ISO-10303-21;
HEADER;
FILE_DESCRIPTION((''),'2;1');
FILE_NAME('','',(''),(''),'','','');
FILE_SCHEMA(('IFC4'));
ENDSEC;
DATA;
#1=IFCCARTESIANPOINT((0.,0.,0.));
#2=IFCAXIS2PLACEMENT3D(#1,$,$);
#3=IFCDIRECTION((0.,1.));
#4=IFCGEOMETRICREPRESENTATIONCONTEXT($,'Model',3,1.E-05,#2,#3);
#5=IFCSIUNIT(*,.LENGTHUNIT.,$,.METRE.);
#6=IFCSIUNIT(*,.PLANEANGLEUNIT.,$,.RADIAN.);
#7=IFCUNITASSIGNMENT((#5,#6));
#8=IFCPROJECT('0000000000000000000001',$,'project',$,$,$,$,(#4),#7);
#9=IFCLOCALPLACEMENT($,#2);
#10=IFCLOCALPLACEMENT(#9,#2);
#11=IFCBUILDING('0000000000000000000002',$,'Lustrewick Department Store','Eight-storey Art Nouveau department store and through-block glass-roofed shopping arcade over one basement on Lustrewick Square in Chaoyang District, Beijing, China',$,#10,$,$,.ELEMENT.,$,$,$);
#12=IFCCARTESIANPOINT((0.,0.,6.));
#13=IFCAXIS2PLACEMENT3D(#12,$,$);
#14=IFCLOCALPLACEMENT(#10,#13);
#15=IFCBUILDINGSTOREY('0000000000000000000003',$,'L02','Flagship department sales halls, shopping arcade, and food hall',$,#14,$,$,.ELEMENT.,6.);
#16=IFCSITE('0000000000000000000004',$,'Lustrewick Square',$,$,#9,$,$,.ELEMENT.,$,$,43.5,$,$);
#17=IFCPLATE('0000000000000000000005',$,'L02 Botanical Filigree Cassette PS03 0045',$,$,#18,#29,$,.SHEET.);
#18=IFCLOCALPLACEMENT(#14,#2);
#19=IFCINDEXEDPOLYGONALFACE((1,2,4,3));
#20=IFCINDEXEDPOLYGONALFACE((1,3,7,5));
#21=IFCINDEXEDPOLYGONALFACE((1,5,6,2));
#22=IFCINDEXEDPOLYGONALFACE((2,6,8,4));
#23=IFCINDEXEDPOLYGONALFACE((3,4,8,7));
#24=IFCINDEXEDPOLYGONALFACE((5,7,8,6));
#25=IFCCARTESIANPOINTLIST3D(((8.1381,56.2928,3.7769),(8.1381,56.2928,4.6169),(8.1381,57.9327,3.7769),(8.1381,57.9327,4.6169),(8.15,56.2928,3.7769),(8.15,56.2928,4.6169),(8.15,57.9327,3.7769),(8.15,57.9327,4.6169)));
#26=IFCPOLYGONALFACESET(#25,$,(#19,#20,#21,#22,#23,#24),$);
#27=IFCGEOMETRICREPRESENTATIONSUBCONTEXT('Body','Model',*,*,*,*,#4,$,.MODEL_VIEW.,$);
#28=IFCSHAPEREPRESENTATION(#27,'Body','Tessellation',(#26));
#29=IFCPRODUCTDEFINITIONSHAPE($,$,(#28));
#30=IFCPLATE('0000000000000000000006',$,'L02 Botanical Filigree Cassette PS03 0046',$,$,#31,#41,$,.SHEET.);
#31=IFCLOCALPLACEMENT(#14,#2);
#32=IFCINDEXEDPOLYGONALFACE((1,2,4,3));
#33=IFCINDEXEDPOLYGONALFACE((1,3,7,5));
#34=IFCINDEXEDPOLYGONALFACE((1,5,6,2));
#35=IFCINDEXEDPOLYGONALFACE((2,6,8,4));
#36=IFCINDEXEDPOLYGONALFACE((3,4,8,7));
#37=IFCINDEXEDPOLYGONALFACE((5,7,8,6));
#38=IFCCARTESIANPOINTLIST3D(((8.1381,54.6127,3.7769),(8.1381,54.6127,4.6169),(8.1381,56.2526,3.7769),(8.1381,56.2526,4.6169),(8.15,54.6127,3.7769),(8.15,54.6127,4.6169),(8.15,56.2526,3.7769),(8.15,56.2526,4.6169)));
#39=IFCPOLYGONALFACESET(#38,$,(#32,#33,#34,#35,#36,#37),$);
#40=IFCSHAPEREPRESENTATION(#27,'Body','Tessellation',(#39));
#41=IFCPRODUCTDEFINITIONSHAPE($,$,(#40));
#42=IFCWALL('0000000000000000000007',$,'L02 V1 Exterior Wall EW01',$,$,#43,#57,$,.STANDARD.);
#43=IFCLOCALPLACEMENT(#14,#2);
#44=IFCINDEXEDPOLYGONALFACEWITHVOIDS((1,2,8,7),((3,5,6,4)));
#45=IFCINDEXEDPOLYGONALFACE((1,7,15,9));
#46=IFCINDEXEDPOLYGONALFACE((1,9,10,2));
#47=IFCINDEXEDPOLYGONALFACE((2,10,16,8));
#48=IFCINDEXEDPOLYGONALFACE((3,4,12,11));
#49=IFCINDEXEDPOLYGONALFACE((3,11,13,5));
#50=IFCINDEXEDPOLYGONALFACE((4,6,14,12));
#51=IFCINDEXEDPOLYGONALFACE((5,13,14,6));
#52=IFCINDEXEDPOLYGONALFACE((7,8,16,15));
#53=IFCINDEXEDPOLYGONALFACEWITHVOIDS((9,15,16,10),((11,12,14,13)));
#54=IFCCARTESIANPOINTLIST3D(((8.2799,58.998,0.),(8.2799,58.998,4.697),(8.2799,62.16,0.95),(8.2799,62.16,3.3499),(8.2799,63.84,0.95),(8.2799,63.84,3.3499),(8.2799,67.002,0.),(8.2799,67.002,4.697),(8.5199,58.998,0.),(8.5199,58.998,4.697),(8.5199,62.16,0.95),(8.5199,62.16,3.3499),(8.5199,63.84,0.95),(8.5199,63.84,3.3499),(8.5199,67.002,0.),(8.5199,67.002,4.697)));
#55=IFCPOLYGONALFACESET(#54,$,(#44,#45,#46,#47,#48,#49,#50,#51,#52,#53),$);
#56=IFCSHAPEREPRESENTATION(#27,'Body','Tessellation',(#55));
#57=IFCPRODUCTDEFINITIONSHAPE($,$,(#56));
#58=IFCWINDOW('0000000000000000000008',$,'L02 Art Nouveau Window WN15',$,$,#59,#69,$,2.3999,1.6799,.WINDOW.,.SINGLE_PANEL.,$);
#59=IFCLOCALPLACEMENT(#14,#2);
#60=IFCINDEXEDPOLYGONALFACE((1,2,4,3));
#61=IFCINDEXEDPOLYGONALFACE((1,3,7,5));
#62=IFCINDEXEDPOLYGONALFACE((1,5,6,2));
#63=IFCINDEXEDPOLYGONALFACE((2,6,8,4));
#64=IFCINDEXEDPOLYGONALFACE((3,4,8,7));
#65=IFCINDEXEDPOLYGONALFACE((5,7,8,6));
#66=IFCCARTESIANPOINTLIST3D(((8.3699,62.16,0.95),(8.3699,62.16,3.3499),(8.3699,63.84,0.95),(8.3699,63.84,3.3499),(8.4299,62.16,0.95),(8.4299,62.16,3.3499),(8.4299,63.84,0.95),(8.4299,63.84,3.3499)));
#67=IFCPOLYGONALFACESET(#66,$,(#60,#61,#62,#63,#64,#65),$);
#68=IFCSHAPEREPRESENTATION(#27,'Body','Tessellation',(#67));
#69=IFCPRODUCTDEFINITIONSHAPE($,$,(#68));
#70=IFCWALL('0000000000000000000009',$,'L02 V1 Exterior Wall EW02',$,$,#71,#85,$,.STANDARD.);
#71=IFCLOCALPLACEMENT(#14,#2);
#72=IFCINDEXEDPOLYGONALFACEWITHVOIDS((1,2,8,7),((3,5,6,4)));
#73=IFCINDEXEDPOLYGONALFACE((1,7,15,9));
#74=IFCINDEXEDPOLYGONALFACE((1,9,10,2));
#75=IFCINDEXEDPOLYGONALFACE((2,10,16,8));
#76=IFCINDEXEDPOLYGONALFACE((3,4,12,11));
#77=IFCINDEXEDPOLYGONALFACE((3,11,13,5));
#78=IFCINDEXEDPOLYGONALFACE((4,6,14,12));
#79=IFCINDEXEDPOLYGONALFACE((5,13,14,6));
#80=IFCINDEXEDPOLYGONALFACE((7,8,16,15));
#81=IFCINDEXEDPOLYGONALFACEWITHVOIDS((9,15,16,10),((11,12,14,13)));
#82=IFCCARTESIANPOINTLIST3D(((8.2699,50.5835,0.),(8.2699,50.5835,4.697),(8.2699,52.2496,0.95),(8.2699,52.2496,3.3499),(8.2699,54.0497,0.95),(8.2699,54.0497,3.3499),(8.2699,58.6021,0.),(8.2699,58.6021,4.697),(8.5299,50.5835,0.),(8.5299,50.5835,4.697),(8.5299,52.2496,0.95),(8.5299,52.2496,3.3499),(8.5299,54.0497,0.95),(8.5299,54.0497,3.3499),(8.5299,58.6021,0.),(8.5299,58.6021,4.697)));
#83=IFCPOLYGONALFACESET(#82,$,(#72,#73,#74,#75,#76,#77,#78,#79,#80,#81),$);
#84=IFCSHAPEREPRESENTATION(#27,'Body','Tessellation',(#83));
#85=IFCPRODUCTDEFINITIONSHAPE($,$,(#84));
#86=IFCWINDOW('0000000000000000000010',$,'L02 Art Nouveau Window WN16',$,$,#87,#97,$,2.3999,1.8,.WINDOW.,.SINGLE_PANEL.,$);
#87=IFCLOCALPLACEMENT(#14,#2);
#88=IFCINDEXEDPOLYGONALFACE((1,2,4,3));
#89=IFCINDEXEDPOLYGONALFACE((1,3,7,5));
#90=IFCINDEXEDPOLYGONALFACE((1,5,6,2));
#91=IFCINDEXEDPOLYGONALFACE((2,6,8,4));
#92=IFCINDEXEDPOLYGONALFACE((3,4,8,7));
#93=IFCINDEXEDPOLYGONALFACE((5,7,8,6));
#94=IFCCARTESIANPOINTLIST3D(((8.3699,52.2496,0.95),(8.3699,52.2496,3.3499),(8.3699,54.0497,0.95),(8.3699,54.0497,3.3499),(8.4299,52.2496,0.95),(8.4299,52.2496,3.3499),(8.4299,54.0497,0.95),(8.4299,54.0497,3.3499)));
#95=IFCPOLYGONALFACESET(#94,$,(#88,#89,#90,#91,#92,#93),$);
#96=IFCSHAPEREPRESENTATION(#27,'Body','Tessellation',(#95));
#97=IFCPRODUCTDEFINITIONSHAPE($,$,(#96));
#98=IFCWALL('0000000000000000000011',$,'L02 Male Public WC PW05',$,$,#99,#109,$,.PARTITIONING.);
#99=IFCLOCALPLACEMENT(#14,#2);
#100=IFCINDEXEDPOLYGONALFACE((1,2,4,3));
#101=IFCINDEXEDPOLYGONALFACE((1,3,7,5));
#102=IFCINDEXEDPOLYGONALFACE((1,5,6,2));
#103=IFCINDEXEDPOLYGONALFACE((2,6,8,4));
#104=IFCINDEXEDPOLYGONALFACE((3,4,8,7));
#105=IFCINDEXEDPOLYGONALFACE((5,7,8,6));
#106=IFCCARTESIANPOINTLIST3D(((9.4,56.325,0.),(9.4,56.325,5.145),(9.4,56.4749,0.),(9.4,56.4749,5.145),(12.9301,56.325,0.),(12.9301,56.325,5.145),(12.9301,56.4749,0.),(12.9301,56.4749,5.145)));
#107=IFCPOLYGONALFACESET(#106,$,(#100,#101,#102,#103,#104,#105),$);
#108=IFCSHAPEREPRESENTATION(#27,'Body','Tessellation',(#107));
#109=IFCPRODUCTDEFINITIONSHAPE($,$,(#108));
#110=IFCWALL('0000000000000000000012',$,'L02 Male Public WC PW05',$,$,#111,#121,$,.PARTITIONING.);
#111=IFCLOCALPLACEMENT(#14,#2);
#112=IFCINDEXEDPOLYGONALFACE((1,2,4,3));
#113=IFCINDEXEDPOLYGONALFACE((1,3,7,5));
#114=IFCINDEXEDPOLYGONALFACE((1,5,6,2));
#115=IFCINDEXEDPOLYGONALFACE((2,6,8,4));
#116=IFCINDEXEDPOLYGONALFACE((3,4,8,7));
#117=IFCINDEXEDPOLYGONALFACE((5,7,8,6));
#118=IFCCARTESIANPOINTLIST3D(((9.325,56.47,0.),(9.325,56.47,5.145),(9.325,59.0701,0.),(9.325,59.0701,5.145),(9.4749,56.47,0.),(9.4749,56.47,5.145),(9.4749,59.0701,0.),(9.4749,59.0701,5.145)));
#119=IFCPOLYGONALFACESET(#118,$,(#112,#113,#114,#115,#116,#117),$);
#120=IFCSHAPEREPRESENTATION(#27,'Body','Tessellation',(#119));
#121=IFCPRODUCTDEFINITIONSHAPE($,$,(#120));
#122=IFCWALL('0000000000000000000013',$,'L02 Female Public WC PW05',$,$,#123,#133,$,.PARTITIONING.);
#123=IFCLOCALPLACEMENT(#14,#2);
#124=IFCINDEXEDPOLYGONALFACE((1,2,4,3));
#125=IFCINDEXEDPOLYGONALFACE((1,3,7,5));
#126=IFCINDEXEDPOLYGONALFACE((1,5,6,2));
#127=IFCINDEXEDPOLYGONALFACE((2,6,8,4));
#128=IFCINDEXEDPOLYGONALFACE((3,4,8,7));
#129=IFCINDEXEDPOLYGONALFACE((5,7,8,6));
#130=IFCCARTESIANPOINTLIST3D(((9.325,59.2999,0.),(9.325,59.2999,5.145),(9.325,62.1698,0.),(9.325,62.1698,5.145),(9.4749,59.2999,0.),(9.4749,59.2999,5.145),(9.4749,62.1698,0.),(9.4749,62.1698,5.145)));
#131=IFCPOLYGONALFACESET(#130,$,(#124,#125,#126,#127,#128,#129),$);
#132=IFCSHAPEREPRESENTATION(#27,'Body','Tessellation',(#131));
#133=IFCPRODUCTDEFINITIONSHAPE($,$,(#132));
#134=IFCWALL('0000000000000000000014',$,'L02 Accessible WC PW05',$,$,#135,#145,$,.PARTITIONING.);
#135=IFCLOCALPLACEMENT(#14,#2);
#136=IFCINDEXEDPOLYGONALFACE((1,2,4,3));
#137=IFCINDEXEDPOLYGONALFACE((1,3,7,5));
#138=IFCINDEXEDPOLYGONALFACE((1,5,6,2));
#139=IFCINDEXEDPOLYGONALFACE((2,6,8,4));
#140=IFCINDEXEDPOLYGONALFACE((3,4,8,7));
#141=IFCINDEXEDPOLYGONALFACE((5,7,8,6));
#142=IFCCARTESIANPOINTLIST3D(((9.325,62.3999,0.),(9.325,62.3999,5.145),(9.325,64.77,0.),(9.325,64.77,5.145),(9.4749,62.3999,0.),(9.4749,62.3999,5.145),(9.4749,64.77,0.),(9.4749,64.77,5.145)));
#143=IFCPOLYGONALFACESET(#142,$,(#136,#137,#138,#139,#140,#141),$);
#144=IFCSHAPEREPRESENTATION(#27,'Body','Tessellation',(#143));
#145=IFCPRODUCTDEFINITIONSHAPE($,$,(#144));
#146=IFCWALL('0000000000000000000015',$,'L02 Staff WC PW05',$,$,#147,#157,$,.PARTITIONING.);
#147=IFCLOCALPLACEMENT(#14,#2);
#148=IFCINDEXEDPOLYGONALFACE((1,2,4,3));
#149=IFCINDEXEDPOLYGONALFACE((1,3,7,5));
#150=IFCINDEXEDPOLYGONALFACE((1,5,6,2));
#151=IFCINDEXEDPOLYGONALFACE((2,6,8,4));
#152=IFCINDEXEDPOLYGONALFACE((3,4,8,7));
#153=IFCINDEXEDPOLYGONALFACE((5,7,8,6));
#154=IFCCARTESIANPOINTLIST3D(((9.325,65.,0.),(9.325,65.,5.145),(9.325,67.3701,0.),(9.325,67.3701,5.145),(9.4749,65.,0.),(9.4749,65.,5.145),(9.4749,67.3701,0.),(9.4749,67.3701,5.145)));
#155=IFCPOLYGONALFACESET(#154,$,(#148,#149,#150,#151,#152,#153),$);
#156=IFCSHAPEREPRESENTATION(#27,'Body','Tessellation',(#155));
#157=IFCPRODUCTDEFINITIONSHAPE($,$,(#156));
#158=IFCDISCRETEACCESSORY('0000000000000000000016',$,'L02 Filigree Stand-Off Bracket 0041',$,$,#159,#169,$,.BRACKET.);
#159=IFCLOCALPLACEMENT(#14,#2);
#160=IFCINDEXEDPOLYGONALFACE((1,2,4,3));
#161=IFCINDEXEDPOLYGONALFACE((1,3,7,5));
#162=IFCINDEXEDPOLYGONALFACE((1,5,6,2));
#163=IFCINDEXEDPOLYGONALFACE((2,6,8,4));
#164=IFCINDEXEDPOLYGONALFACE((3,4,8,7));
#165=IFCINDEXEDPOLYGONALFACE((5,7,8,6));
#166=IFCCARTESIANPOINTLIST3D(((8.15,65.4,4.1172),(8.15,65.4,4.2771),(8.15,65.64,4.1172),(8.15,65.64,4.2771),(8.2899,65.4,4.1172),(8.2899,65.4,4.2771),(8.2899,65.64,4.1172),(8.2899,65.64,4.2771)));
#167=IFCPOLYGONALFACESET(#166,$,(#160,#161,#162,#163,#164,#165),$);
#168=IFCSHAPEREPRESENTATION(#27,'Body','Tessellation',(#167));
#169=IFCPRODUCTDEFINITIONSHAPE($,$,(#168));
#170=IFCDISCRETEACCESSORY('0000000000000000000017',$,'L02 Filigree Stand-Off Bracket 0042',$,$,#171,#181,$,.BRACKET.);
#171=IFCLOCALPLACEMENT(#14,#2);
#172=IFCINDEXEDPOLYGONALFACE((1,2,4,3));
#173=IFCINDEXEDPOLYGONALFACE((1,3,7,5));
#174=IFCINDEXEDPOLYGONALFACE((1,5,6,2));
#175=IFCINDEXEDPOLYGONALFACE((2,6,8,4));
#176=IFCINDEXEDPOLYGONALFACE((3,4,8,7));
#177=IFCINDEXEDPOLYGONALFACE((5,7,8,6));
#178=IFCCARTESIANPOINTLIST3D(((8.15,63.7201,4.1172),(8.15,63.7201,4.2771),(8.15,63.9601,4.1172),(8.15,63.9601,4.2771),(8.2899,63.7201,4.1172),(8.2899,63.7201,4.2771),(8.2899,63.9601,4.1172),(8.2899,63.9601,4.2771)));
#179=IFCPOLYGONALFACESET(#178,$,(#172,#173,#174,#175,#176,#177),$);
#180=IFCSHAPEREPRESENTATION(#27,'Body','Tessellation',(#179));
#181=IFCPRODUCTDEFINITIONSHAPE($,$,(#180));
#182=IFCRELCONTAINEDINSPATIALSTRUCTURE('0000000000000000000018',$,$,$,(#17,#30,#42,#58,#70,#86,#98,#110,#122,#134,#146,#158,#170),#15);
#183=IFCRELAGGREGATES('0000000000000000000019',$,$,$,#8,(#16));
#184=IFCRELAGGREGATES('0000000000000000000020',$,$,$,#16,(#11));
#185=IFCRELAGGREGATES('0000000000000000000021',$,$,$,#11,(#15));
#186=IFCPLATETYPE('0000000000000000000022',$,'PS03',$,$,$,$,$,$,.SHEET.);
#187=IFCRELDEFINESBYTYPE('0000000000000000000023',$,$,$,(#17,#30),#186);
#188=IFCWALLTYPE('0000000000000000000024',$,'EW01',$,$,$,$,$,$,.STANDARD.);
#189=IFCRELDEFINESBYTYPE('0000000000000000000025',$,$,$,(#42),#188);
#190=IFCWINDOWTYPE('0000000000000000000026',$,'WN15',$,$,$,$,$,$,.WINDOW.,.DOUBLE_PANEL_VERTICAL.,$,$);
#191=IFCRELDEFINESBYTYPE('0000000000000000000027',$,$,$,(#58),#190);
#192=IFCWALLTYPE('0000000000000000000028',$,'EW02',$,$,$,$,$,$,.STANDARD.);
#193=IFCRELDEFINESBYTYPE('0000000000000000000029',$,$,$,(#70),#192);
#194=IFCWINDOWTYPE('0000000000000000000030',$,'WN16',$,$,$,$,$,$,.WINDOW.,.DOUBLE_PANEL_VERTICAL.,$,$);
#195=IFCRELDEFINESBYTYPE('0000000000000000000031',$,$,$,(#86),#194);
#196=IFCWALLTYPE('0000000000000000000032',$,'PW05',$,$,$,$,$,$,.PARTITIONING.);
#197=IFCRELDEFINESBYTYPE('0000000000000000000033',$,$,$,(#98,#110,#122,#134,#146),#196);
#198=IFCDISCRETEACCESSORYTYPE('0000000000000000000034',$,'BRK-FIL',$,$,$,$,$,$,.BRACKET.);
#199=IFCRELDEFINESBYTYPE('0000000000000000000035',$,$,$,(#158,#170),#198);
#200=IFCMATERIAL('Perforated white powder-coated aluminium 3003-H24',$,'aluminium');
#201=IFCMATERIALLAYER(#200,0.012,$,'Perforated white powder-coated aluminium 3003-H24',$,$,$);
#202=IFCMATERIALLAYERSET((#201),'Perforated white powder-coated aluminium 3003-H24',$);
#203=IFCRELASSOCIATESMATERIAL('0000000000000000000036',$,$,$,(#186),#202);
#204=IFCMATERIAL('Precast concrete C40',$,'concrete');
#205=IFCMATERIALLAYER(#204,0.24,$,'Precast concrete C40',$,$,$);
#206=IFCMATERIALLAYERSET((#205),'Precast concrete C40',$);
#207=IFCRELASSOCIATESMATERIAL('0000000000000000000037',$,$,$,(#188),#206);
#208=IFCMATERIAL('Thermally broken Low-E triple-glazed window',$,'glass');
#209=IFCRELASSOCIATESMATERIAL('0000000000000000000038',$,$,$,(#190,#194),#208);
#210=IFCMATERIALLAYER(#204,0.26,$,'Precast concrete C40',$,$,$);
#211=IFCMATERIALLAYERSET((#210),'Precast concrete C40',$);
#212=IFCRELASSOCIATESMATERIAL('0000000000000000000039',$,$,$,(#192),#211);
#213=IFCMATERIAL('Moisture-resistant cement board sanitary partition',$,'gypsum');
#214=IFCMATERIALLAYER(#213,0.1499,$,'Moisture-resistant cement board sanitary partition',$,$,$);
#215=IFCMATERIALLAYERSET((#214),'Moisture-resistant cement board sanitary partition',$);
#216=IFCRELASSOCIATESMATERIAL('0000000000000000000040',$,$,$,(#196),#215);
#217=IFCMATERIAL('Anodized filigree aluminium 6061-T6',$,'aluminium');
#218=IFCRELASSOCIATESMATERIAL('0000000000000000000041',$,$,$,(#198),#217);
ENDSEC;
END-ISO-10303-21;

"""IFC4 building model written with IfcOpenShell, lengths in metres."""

from ifc_helpers import new_model, si_unit, direction, frame, frame_2d, origin, origin_2d, place, context, subcontext, project, spatial, rectangle, extrude, material, layer, layer_set, type_object, element, fill, save


model = new_model("IFC4")

# Units and contexts
model_context = context("Model", 3, precision=1e-05, world=origin(), true_north=direction((0.0, 1.0)))
body_context = subcontext(model_context, "Body", "Model", "MODEL_VIEW")
ifc_project = project(units=[si_unit("LENGTHUNIT", "METRE"), si_unit("PLANEANGLEUNIT", "RADIAN")], contexts=[model_context])

# Site, building, storey
site_placement = place(None, origin())
site = spatial("IfcSite", under=ifc_project, at=site_placement, Name="Lustrewick Square", CompositionType="ELEMENT", RefElevation=43.5)
building_placement = place(site_placement, origin())
building = spatial("IfcBuilding", under=site, at=building_placement, Name="Lustrewick Department Store", Description="Eight-storey Art Nouveau department store and through-block glass-roofed shopping arcade over one basement on Lustrewick Square in Chaoyang District, Beijing, China", CompositionType="ELEMENT")
storey_placement = place(building_placement, frame((0.0, 0.0, 6.0)))
storey = spatial("IfcBuildingStorey", under=building, at=storey_placement, Name="L02", Description="Flagship department sales halls, shopping arcade, and food hall", CompositionType="ELEMENT", Elevation=6.0)

# Plates
ifc_material_1 = material(Name="Perforated white powder-coated aluminium 3003-H24", Category="aluminium")
ifc_layer_1 = layer(ifc_material_1, 0.012, Name="Perforated white powder-coated aluminium 3003-H24")
ifc_layer_set_1 = layer_set([ifc_layer_1], Name="Perforated white powder-coated aluminium 3003-H24")
plate_type = type_object("IfcPlateType", Name="PS03", PredefinedType="SHEET", material=ifc_layer_set_1)
for number, where, z_axis, x_axis, name in (
    (1, (8.144, 57.1128, 3.7769), (0.0, 0.0, 1.0), (0.0, -1.0, 0.0), "L02 Botanical Filigree Cassette PS03 0045"),
    (2, (8.144, 55.4326, 3.7769), (0.0, 0.0, 1.0), (0.0, -1.0, 0.0), "L02 Botanical Filigree Cassette PS03 0046"),
):
    element("IfcPlate", number, at=place(storey_placement, frame(where, z_axis=z_axis, x_axis=x_axis)), inside=storey, type_object=plate_type, Name=name, PredefinedType="SHEET", context=body_context, shape_type="SweptSolid", body=[
        extrude(rectangle(XDim=1.6399, YDim=0.012, at=origin_2d()), origin(), (0.0, 0.0, 1.0), 0.8401),
    ])

# Walls, openings, windows
ifc_material_2 = material(Name="Precast concrete C40", Category="concrete")
ifc_layer_2 = layer(ifc_material_2, 0.24, Name="Precast concrete C40")
ifc_layer_set_2 = layer_set([ifc_layer_2], Name="Precast concrete C40")
wall_type_1 = type_object("IfcWallType", Name="EW01", PredefinedType="STANDARD", material=ifc_layer_set_2)
wall_1_placement = place(storey_placement, frame((8.3999, 67.002, 0.0), z_axis=(0.0, 0.0, 1.0), x_axis=(0.0, -1.0, 0.0)))
wall_1 = element("IfcWall", 3, at=wall_1_placement, inside=storey, type_object=wall_type_1, Name="L02 V1 Exterior Wall EW01", PredefinedType="STANDARD", context=body_context, shape_type="SweptSolid", body=[
    extrude(rectangle(XDim=8.0039, YDim=0.24, at=frame_2d((4.002, 0.0))), origin(), (0.0, 0.0, 1.0), 4.697),
])
opening_1_placement = place(wall_1_placement, frame((3.1621, 0.0, 0.95)))
opening_1 = element("IfcOpeningElement", 4, at=opening_1_placement, cuts=wall_1, PredefinedType="OPENING", context=body_context, shape_type="SweptSolid", body=[
    extrude(rectangle(XDim=1.6799, YDim=2.3999, at=frame_2d((0.8398, 1.2))), frame((0.0, 0.1299, 0.0), z_axis=(0.0, -1.0, 0.0), x_axis=(1.0, 0.0, 0.0)), (0.0, 0.0, 1.0), 0.26),
])
ifc_material_3 = material(Name="Thermally broken Low-E triple-glazed window", Category="glass")
window_type_1 = type_object("IfcWindowType", Name="WN15", PartitioningType="DOUBLE_PANEL_VERTICAL", PredefinedType="WINDOW", material=ifc_material_3)
window_1_placement = place(opening_1_placement, origin())
window_1 = element("IfcWindow", 5, at=window_1_placement, inside=storey, type_object=window_type_1, Name="L02 Art Nouveau Window WN15", OverallHeight=2.3999, OverallWidth=1.6799, PartitioningType="SINGLE_PANEL", PredefinedType="WINDOW", context=body_context, shape_type="SweptSolid", body=[
    extrude(rectangle(XDim=1.6799, YDim=2.3999, at=frame_2d((0.8398, 1.2))), frame((0.0, 0.03, 0.0), z_axis=(0.0, -1.0, 0.0), x_axis=(1.0, 0.0, 0.0)), (0.0, 0.0, 1.0), 0.0601),
])
fill(opening_1, window_1)
ifc_layer_3 = layer(ifc_material_2, 0.26, Name="Precast concrete C40")
ifc_layer_set_3 = layer_set([ifc_layer_3], Name="Precast concrete C40")
wall_type_2 = type_object("IfcWallType", Name="EW02", PredefinedType="STANDARD", material=ifc_layer_set_3)
wall_2_placement = place(storey_placement, frame((8.3999, 58.6021, 0.0), z_axis=(0.0, 0.0, 1.0), x_axis=(0.0, -1.0, 0.0)))
wall_2 = element("IfcWall", 6, at=wall_2_placement, inside=storey, type_object=wall_type_2, Name="L02 V1 Exterior Wall EW02", PredefinedType="STANDARD", context=body_context, shape_type="SweptSolid", body=[
    extrude(rectangle(XDim=8.0186, YDim=0.26, at=frame_2d((4.0093, 0.0))), origin(), (0.0, 0.0, 1.0), 4.697),
])
opening_2_placement = place(wall_2_placement, frame((4.5525, 0.0, 0.95)))
opening_2 = element("IfcOpeningElement", 7, at=opening_2_placement, cuts=wall_2, PredefinedType="OPENING", context=body_context, shape_type="SweptSolid", body=[
    extrude(rectangle(XDim=1.8, YDim=2.3999, at=frame_2d((0.8999, 1.2))), frame((0.0, 0.1401, 0.0), z_axis=(0.0, -1.0, 0.0), x_axis=(1.0, 0.0, 0.0)), (0.0, 0.0, 1.0), 0.28),
])
window_type_2 = type_object("IfcWindowType", Name="WN16", PartitioningType="DOUBLE_PANEL_VERTICAL", PredefinedType="WINDOW", material=ifc_material_3)
window_2_placement = place(opening_2_placement, origin())
window_2 = element("IfcWindow", 8, at=window_2_placement, inside=storey, type_object=window_type_2, Name="L02 Art Nouveau Window WN16", OverallHeight=2.3999, OverallWidth=1.8, PartitioningType="SINGLE_PANEL", PredefinedType="WINDOW", context=body_context, shape_type="SweptSolid", body=[
    extrude(rectangle(XDim=1.8, YDim=2.3999, at=frame_2d((0.8999, 1.2))), frame((0.0, 0.03, 0.0), z_axis=(0.0, -1.0, 0.0), x_axis=(1.0, 0.0, 0.0)), (0.0, 0.0, 1.0), 0.0601),
])
fill(opening_2, window_2)

# Walls
ifc_material_4 = material(Name="Moisture-resistant cement board sanitary partition", Category="gypsum")
ifc_layer_4 = layer(ifc_material_4, 0.1499, Name="Moisture-resistant cement board sanitary partition")
ifc_layer_set_4 = layer_set([ifc_layer_4], Name="Moisture-resistant cement board sanitary partition")
wall_type_3 = type_object("IfcWallType", Name="PW05", PredefinedType="PARTITIONING", material=ifc_layer_set_4)
wall_3_placement = place(storey_placement, frame((9.3999, 56.3999, 0.0), z_axis=(0.0, 0.0, 1.0), x_axis=(1.0, 0.0, 0.0)))
element("IfcWall", 9, at=wall_3_placement, inside=storey, type_object=wall_type_3, Name="L02 Male Public WC PW05", PredefinedType="PARTITIONING", context=body_context, shape_type="SweptSolid", body=[
    extrude(rectangle(XDim=3.53, YDim=0.1499, at=frame_2d((1.7651, 0.0))), origin(), (0.0, 0.0, 1.0), 5.145),
])
wall_4_placement = place(storey_placement, frame((9.3999, 59.0701, 0.0), z_axis=(0.0, 0.0, 1.0), x_axis=(0.0, -1.0, 0.0)))
element("IfcWall", 10, at=wall_4_placement, inside=storey, type_object=wall_type_3, Name="L02 Male Public WC PW05", PredefinedType="PARTITIONING", context=body_context, shape_type="SweptSolid", body=[
    extrude(rectangle(XDim=2.6001, YDim=0.1499, at=frame_2d((1.3, 0.0))), origin(), (0.0, 0.0, 1.0), 5.145),
])
wall_5_placement = place(storey_placement, frame((9.3999, 62.1699, 0.0), z_axis=(0.0, 0.0, 1.0), x_axis=(0.0, -1.0, 0.0)))
element("IfcWall", 11, at=wall_5_placement, inside=storey, type_object=wall_type_3, Name="L02 Female Public WC PW05", PredefinedType="PARTITIONING", context=body_context, shape_type="SweptSolid", body=[
    extrude(rectangle(XDim=2.8699, YDim=0.1499, at=frame_2d((1.4351, 0.0))), origin(), (0.0, 0.0, 1.0), 5.145),
])
for number, where, z_axis, x_axis, name in (
    (12, (9.3999, 64.77, 0.0), (0.0, 0.0, 1.0), (0.0, -1.0, 0.0), "L02 Accessible WC PW05"),
    (13, (9.3999, 67.3701, 0.0), (0.0, 0.0, 1.0), (0.0, -1.0, 0.0), "L02 Staff WC PW05"),
):
    element("IfcWall", number, at=place(storey_placement, frame(where, z_axis=z_axis, x_axis=x_axis)), inside=storey, type_object=wall_type_3, Name=name, PredefinedType="PARTITIONING", context=body_context, shape_type="SweptSolid", body=[
        extrude(rectangle(XDim=2.3701, YDim=0.1499, at=frame_2d((1.1851, 0.0))), origin(), (0.0, 0.0, 1.0), 5.145),
    ])

# Discrete accessories
ifc_material_5 = material(Name="Anodized filigree aluminium 6061-T6", Category="aluminium")
discrete_accessory_type = type_object("IfcDiscreteAccessoryType", Name="BRK-FIL", PredefinedType="BRACKET", material=ifc_material_5)
for number, where, z_axis, x_axis, name in (
    (14, (8.22, 65.52, 4.1172), (0.0, 0.0, 1.0), (0.0, -1.0, 0.0), "L02 Filigree Stand-Off Bracket 0041"),
    (15, (8.22, 63.8401, 4.1172), (0.0, 0.0, 1.0), (0.0, -1.0, 0.0), "L02 Filigree Stand-Off Bracket 0042"),
):
    element("IfcDiscreteAccessory", number, at=place(storey_placement, frame(where, z_axis=z_axis, x_axis=x_axis)), inside=storey, type_object=discrete_accessory_type, Name=name, PredefinedType="BRACKET", context=body_context, shape_type="SweptSolid", body=[
        extrude(rectangle(XDim=0.24, YDim=0.1399, at=origin_2d()), origin(), (0.0, 0.0, 1.0), 0.1599),
    ])

save(model, "model.ifc")
